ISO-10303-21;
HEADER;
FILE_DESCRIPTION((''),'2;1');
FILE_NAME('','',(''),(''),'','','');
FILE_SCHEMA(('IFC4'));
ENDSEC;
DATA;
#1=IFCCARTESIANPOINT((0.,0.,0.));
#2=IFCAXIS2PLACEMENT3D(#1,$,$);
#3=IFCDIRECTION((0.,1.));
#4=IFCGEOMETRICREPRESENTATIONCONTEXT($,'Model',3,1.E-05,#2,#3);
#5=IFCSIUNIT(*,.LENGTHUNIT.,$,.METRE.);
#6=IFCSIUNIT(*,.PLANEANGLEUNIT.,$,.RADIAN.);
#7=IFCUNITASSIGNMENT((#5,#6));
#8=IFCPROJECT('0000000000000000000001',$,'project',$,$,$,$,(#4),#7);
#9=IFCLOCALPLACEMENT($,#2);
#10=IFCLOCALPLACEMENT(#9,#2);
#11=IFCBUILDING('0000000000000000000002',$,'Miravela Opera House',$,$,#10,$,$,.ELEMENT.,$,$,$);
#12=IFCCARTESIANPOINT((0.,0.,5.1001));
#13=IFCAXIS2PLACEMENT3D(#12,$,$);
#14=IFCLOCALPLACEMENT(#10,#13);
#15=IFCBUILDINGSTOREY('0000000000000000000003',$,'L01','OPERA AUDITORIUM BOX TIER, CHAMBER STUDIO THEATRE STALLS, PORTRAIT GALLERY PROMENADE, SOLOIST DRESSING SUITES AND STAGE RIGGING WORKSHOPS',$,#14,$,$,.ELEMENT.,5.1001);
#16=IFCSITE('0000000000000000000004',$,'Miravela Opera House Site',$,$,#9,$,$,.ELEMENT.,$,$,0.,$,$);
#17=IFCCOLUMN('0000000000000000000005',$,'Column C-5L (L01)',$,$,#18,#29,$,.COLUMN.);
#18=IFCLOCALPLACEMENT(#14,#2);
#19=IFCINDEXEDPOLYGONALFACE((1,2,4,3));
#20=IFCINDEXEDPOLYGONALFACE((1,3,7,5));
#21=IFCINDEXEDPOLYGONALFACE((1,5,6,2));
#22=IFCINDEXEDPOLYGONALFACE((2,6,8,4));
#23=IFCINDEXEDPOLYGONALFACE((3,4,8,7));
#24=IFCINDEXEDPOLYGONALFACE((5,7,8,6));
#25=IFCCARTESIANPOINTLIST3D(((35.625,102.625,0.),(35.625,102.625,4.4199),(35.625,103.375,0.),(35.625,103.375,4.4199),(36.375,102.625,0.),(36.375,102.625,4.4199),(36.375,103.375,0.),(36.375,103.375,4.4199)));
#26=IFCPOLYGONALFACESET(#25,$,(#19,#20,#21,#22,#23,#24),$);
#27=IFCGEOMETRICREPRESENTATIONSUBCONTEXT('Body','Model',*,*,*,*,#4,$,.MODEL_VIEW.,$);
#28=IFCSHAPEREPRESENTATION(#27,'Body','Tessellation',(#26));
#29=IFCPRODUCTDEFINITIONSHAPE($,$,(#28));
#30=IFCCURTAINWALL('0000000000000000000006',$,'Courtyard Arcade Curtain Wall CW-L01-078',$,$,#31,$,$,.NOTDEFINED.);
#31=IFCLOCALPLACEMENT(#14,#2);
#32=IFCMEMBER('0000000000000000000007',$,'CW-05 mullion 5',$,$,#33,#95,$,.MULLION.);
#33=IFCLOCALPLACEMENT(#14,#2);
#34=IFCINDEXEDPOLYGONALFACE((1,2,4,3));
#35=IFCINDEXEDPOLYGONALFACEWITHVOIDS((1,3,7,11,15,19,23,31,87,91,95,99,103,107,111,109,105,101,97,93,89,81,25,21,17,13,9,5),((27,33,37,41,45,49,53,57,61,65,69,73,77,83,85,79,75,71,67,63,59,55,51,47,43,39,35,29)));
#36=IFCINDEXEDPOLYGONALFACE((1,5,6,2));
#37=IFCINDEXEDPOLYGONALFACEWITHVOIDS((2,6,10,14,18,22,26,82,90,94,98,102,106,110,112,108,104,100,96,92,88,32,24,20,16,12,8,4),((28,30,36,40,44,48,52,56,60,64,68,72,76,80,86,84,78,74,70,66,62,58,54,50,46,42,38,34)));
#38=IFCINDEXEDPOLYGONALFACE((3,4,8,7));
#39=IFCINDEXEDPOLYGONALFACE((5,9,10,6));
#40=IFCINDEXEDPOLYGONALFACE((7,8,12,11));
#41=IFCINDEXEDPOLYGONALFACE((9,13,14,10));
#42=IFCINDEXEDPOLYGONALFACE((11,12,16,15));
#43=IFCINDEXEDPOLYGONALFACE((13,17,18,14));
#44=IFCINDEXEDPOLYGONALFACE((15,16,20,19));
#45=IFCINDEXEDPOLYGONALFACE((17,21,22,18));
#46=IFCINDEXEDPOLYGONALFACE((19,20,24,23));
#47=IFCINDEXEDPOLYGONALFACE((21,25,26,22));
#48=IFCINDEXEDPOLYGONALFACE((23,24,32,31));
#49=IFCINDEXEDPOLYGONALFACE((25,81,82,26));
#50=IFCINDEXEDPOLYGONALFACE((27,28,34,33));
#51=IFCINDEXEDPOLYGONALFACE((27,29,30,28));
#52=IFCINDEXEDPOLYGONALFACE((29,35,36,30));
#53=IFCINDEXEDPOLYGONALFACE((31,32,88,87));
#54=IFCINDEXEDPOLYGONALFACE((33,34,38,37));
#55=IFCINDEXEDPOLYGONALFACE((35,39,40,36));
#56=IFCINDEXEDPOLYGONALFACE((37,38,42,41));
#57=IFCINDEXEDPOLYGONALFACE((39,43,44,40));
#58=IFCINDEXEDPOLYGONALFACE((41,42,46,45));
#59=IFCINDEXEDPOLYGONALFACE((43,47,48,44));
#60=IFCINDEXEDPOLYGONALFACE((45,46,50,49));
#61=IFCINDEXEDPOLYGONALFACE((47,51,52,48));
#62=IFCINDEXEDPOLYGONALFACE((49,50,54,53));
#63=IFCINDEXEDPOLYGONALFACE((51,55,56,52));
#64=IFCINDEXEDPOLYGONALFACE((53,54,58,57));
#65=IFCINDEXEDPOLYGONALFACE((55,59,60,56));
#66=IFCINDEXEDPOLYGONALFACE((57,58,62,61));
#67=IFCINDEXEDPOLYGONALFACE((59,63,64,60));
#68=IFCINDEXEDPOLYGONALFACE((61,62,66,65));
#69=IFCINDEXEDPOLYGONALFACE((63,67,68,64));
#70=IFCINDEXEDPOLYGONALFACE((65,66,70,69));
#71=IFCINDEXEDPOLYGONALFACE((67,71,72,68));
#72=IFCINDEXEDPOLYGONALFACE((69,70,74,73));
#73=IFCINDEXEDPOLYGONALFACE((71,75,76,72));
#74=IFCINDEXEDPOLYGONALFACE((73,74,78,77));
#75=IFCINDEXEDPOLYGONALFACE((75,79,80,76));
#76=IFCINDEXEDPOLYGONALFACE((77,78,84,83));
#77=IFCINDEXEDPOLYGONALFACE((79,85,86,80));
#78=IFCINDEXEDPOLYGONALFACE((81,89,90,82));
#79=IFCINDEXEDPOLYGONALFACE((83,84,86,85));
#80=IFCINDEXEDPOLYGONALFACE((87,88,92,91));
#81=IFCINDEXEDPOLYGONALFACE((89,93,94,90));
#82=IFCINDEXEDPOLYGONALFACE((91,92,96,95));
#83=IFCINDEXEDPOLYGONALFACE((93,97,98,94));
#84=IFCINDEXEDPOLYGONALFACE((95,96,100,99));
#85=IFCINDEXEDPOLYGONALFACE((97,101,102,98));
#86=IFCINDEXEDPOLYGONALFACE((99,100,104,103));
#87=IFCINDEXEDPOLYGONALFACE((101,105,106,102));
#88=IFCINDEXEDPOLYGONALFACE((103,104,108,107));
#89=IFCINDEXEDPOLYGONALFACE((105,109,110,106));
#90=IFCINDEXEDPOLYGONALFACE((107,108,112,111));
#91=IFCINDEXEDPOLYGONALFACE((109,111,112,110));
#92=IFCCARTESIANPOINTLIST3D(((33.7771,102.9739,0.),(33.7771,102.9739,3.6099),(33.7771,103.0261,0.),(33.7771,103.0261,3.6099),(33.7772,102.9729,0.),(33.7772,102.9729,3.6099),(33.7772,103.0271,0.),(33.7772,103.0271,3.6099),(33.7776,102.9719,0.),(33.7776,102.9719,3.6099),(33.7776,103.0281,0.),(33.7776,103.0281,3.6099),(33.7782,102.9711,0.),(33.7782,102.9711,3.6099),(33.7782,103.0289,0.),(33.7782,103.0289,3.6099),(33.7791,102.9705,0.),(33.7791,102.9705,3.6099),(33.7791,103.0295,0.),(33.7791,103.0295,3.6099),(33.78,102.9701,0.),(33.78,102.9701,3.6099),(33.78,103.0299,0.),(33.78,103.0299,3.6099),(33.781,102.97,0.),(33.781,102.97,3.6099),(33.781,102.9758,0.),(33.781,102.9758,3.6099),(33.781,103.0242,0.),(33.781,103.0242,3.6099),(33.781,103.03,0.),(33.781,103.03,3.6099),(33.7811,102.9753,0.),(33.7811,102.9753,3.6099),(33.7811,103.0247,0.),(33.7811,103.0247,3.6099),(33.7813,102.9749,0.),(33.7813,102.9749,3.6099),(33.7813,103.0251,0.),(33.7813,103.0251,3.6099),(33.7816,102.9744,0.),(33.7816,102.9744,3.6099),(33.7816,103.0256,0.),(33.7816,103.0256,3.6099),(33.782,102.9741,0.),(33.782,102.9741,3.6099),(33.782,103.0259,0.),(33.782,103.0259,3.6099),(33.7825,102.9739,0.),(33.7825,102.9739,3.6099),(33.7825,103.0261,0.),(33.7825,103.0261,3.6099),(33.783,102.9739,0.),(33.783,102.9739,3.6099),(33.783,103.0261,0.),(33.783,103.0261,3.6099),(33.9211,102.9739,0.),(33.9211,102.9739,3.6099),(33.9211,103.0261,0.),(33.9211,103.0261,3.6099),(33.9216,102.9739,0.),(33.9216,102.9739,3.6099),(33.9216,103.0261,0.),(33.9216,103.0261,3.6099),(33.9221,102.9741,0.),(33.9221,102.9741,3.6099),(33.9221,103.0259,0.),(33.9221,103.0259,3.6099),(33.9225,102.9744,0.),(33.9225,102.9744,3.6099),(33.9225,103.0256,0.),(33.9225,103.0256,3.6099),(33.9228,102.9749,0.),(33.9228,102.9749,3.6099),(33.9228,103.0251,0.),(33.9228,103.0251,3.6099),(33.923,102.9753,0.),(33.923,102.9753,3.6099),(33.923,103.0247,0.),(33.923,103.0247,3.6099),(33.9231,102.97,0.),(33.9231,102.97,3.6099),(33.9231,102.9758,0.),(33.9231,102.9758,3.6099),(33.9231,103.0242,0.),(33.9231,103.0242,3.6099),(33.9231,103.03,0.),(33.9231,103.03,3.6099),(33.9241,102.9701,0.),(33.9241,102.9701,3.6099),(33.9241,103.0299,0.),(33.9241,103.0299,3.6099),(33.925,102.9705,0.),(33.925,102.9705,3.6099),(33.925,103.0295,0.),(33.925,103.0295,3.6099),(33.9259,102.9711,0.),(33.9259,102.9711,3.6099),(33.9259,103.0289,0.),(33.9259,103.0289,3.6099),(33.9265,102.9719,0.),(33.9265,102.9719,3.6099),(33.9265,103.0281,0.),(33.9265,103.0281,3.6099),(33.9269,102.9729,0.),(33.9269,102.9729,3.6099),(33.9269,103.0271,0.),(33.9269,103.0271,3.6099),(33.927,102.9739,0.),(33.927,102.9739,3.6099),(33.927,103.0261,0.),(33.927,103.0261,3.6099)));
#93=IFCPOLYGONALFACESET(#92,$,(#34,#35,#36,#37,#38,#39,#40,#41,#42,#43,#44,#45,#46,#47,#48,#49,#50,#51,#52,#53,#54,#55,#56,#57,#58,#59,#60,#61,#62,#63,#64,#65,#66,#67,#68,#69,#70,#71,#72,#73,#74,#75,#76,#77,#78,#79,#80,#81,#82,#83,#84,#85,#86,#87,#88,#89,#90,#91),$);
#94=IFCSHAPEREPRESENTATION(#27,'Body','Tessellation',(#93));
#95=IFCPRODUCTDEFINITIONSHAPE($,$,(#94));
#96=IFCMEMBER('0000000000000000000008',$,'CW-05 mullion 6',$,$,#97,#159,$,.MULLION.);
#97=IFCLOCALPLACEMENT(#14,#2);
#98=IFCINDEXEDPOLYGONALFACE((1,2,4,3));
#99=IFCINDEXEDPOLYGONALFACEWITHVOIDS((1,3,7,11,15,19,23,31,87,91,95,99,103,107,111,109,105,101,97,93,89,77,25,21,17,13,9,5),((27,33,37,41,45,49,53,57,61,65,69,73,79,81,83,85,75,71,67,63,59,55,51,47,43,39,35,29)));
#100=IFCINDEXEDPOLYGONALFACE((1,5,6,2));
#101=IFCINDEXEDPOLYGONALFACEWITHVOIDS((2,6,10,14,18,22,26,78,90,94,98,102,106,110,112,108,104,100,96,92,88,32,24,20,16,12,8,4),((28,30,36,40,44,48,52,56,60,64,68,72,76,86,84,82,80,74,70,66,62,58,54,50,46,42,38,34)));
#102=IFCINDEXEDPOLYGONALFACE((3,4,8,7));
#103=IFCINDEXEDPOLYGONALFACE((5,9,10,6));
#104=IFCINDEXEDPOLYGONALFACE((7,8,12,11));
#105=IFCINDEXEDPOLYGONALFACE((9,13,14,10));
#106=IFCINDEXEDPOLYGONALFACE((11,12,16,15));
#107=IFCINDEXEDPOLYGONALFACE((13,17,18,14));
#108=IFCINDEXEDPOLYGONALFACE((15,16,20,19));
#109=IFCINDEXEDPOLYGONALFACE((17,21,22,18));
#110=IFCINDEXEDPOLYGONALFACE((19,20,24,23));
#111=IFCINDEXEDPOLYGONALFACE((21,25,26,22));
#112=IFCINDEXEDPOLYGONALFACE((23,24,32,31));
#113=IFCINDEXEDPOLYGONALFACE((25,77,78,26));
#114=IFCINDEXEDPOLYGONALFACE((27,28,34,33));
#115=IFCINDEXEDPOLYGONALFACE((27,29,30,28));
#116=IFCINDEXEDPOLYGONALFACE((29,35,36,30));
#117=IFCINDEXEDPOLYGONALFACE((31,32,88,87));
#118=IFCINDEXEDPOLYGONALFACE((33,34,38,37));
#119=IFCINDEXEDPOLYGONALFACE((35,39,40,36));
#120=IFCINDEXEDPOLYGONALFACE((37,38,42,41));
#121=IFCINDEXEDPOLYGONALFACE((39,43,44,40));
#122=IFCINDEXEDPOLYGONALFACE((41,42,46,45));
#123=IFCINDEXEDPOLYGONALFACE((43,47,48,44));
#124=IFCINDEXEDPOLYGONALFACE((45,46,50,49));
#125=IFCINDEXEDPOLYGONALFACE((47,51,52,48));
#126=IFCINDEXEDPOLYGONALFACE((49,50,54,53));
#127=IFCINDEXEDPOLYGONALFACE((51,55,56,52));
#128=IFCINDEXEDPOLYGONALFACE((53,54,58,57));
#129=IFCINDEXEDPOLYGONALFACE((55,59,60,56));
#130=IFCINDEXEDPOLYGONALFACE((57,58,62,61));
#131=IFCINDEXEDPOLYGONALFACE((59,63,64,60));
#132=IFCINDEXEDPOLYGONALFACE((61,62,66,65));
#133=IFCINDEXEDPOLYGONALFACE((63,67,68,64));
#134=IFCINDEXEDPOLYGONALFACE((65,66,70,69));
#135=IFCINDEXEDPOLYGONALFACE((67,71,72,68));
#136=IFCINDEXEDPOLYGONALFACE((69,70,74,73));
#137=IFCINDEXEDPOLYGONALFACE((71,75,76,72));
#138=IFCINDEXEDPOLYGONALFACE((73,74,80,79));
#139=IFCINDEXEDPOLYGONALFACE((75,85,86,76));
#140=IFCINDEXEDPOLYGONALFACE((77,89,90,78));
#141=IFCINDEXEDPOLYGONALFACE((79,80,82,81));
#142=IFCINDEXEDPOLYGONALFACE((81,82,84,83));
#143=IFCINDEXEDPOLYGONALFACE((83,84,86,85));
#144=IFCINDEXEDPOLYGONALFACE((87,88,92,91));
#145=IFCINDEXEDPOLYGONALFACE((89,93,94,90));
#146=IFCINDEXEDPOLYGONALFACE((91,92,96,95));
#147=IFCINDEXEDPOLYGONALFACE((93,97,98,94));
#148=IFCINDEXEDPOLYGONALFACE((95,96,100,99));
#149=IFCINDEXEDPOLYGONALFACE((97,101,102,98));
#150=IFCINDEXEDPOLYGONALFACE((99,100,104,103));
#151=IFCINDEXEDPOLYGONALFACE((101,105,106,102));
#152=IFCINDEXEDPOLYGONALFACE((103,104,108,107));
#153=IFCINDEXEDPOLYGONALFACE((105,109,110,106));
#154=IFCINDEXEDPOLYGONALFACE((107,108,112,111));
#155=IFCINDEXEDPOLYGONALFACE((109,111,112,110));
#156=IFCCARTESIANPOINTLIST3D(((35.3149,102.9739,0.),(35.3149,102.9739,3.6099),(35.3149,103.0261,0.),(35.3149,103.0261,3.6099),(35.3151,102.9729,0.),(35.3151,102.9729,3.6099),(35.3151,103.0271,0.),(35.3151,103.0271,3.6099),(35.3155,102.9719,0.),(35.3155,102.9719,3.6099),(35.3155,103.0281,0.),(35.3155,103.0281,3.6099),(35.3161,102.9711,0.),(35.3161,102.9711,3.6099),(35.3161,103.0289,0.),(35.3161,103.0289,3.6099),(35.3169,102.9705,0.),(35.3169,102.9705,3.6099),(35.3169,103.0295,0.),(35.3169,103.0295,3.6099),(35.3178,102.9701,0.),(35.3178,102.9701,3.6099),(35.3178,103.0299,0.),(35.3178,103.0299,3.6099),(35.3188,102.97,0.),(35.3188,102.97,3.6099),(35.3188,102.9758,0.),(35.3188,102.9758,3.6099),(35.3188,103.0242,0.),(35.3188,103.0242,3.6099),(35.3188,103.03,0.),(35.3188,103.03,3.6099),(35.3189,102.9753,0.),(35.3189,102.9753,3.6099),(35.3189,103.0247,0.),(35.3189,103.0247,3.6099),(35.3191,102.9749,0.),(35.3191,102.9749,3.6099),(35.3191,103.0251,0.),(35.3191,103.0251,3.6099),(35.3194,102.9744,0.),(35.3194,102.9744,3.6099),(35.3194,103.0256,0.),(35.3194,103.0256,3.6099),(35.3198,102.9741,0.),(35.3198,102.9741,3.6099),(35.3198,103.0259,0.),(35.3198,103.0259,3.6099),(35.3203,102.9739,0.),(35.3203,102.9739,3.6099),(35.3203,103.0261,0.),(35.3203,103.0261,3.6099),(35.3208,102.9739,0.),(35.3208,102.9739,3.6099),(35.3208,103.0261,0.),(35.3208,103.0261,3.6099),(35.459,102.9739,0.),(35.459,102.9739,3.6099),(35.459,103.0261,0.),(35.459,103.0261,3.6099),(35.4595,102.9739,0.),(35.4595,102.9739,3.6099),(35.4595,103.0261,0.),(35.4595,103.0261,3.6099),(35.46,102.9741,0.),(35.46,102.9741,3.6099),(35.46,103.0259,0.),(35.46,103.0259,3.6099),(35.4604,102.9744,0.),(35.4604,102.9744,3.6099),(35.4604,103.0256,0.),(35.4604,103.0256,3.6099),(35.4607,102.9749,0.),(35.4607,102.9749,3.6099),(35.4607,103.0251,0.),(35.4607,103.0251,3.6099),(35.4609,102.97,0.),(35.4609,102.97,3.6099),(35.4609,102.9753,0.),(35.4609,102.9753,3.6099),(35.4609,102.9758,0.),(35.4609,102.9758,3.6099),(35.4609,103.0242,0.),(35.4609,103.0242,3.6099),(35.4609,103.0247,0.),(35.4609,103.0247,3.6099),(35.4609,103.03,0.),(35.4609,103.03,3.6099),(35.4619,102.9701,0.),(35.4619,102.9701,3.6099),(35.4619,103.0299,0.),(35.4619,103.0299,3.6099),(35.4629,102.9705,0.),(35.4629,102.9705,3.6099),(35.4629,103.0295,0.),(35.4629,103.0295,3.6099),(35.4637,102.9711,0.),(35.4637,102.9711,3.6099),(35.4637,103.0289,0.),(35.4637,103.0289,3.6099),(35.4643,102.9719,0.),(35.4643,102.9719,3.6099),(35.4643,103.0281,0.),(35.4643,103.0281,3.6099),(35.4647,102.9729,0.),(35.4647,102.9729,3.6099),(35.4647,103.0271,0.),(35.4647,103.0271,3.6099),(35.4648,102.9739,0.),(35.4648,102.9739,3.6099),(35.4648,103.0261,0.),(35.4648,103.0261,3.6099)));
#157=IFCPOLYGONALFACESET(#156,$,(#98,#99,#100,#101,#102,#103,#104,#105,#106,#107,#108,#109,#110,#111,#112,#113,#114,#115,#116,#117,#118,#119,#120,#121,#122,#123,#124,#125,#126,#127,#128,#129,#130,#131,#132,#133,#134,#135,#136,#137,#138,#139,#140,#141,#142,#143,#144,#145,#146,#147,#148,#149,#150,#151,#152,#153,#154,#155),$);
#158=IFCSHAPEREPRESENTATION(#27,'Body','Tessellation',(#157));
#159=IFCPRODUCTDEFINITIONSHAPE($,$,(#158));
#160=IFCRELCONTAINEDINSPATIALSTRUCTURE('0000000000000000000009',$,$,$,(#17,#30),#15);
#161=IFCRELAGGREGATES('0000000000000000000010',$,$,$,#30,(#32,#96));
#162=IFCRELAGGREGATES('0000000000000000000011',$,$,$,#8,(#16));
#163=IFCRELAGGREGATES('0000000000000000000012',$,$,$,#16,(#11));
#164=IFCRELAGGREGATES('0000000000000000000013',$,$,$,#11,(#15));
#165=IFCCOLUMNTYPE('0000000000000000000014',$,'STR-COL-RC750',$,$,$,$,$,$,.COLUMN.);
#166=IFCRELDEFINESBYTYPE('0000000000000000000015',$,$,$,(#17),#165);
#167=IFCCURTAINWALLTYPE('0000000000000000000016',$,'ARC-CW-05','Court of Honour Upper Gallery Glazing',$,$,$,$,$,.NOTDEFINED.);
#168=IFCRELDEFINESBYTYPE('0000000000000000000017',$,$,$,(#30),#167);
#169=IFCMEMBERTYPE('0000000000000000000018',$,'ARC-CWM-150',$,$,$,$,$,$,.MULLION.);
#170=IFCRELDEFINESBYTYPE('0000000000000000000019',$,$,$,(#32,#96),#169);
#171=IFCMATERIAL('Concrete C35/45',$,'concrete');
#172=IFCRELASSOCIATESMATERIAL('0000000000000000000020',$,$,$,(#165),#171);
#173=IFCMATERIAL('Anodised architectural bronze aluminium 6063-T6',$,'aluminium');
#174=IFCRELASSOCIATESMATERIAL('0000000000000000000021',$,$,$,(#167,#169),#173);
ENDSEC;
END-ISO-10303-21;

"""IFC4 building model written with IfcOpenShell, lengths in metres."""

from ifc_helpers import new_model, si_unit, direction, frame, origin, origin_2d, place, context, subcontext, project, spatial, rectangle, hollow_rectangle, extrude, material, material_profile, profile_set, type_object, element, aggregate, save


model = new_model("IFC4")

# Units and contexts
model_context = context("Model", 3, precision=1e-05, world=origin(), true_north=direction((0.0, 1.0)))
body_context = subcontext(model_context, "Body", "Model", "MODEL_VIEW")
ifc_project = project(units=[si_unit("LENGTHUNIT", "METRE"), si_unit("PLANEANGLEUNIT", "RADIAN")], contexts=[model_context])

# Site, building, storey
site_placement = place(None, origin())
site = spatial("IfcSite", under=ifc_project, at=site_placement, Name="Miravela Opera House Site", CompositionType="ELEMENT", RefElevation=0.0)
building_placement = place(site_placement, origin())
building = spatial("IfcBuilding", under=site, at=building_placement, Name="Miravela Opera House", CompositionType="ELEMENT")
storey_placement = place(building_placement, frame((0.0, 0.0, 5.1001)))
storey = spatial("IfcBuildingStorey", under=building, at=storey_placement, Name="L01", Description="OPERA AUDITORIUM BOX TIER, CHAMBER STUDIO THEATRE STALLS, PORTRAIT GALLERY PROMENADE, SOLOIST DRESSING SUITES AND STAGE RIGGING WORKSHOPS", CompositionType="ELEMENT", Elevation=5.1001)

# Column
ifc_material_1 = material(Name="Concrete C35/45", Category="concrete")
ifc_material_profile_1 = material_profile(ifc_material_1, rectangle(XDim=0.75, YDim=0.75, at=origin_2d()), Name="RC-COL-750X750")
ifc_profile_set_1 = profile_set([ifc_material_profile_1])
column_type = type_object("IfcColumnType", Name="STR-COL-RC750", PredefinedType="COLUMN", material=ifc_profile_set_1)
column_placement = place(storey_placement, frame((36.0, 103.0, 0.0), z_axis=(0.0, 0.0, 1.0), x_axis=(1.0, 0.0, 0.0)))
element("IfcColumn", 1, at=column_placement, inside=storey, type_object=column_type, Name="Column C-5L (L01)", PredefinedType="COLUMN", context=body_context, shape_type="SweptSolid", body=[
    extrude(rectangle(XDim=0.75, YDim=0.75, at=origin_2d()), origin(), (0.0, 0.0, 1.0), 4.4199),
])

# Curtain wall, members
ifc_material_2 = material(Name="Anodised architectural bronze aluminium 6063-T6", Category="aluminium")
curtain_wall_type = type_object("IfcCurtainWallType", Name="ARC-CW-05", Description="Court of Honour Upper Gallery Glazing", PredefinedType="NOTDEFINED", material=ifc_material_2)
curtain_wall_1_placement = place(storey_placement, origin())
curtain_wall_1 = element("IfcCurtainWall", 2, at=curtain_wall_1_placement, inside=storey, type_object=curtain_wall_type, Name="Courtyard Arcade Curtain Wall CW-L01-078", PredefinedType="NOTDEFINED")
ifc_material_profile_2 = material_profile(ifc_material_2, hollow_rectangle(XDim=0.0601, YDim=0.1499, WallThickness=0.0039, InnerFilletRadius=0.002, OuterFilletRadius=0.0039, at=origin_2d()), Name="CWM-60X150")
ifc_profile_set_2 = profile_set([ifc_material_profile_2])
member_type_1 = type_object("IfcMemberType", Name="ARC-CWM-150", PredefinedType="MULLION", material=ifc_profile_set_2)
member_1_placement = place(storey_placement, frame((33.8521, 103.0, 0.0), z_axis=(0.0, 0.0, 1.0), x_axis=(0.0, 1.0, 0.0)))
member_1 = element("IfcMember", 3, at=member_1_placement, type_object=member_type_1, Name="CW-05 mullion 5", PredefinedType="MULLION", context=body_context, shape_type="SweptSolid", body=[
    extrude(hollow_rectangle(XDim=0.0601, YDim=0.1499, WallThickness=0.0039, InnerFilletRadius=0.002, OuterFilletRadius=0.0039, at=origin_2d()), origin(), (0.0, 0.0, 1.0), 3.6099),
])
member_2_placement = place(storey_placement, frame((35.3899, 103.0, 0.0), z_axis=(0.0, 0.0, 1.0), x_axis=(0.0, 1.0, 0.0)))
member_2 = element("IfcMember", 4, at=member_2_placement, type_object=member_type_1, Name="CW-05 mullion 6", PredefinedType="MULLION", context=body_context, shape_type="SweptSolid", body=[
    extrude(hollow_rectangle(XDim=0.0601, YDim=0.1499, WallThickness=0.0039, InnerFilletRadius=0.002, OuterFilletRadius=0.0039, at=origin_2d()), origin(), (0.0, 0.0, 1.0), 3.6099),
])

aggregate(curtain_wall_1, [member_1, member_2])

save(model, "model.ifc")
